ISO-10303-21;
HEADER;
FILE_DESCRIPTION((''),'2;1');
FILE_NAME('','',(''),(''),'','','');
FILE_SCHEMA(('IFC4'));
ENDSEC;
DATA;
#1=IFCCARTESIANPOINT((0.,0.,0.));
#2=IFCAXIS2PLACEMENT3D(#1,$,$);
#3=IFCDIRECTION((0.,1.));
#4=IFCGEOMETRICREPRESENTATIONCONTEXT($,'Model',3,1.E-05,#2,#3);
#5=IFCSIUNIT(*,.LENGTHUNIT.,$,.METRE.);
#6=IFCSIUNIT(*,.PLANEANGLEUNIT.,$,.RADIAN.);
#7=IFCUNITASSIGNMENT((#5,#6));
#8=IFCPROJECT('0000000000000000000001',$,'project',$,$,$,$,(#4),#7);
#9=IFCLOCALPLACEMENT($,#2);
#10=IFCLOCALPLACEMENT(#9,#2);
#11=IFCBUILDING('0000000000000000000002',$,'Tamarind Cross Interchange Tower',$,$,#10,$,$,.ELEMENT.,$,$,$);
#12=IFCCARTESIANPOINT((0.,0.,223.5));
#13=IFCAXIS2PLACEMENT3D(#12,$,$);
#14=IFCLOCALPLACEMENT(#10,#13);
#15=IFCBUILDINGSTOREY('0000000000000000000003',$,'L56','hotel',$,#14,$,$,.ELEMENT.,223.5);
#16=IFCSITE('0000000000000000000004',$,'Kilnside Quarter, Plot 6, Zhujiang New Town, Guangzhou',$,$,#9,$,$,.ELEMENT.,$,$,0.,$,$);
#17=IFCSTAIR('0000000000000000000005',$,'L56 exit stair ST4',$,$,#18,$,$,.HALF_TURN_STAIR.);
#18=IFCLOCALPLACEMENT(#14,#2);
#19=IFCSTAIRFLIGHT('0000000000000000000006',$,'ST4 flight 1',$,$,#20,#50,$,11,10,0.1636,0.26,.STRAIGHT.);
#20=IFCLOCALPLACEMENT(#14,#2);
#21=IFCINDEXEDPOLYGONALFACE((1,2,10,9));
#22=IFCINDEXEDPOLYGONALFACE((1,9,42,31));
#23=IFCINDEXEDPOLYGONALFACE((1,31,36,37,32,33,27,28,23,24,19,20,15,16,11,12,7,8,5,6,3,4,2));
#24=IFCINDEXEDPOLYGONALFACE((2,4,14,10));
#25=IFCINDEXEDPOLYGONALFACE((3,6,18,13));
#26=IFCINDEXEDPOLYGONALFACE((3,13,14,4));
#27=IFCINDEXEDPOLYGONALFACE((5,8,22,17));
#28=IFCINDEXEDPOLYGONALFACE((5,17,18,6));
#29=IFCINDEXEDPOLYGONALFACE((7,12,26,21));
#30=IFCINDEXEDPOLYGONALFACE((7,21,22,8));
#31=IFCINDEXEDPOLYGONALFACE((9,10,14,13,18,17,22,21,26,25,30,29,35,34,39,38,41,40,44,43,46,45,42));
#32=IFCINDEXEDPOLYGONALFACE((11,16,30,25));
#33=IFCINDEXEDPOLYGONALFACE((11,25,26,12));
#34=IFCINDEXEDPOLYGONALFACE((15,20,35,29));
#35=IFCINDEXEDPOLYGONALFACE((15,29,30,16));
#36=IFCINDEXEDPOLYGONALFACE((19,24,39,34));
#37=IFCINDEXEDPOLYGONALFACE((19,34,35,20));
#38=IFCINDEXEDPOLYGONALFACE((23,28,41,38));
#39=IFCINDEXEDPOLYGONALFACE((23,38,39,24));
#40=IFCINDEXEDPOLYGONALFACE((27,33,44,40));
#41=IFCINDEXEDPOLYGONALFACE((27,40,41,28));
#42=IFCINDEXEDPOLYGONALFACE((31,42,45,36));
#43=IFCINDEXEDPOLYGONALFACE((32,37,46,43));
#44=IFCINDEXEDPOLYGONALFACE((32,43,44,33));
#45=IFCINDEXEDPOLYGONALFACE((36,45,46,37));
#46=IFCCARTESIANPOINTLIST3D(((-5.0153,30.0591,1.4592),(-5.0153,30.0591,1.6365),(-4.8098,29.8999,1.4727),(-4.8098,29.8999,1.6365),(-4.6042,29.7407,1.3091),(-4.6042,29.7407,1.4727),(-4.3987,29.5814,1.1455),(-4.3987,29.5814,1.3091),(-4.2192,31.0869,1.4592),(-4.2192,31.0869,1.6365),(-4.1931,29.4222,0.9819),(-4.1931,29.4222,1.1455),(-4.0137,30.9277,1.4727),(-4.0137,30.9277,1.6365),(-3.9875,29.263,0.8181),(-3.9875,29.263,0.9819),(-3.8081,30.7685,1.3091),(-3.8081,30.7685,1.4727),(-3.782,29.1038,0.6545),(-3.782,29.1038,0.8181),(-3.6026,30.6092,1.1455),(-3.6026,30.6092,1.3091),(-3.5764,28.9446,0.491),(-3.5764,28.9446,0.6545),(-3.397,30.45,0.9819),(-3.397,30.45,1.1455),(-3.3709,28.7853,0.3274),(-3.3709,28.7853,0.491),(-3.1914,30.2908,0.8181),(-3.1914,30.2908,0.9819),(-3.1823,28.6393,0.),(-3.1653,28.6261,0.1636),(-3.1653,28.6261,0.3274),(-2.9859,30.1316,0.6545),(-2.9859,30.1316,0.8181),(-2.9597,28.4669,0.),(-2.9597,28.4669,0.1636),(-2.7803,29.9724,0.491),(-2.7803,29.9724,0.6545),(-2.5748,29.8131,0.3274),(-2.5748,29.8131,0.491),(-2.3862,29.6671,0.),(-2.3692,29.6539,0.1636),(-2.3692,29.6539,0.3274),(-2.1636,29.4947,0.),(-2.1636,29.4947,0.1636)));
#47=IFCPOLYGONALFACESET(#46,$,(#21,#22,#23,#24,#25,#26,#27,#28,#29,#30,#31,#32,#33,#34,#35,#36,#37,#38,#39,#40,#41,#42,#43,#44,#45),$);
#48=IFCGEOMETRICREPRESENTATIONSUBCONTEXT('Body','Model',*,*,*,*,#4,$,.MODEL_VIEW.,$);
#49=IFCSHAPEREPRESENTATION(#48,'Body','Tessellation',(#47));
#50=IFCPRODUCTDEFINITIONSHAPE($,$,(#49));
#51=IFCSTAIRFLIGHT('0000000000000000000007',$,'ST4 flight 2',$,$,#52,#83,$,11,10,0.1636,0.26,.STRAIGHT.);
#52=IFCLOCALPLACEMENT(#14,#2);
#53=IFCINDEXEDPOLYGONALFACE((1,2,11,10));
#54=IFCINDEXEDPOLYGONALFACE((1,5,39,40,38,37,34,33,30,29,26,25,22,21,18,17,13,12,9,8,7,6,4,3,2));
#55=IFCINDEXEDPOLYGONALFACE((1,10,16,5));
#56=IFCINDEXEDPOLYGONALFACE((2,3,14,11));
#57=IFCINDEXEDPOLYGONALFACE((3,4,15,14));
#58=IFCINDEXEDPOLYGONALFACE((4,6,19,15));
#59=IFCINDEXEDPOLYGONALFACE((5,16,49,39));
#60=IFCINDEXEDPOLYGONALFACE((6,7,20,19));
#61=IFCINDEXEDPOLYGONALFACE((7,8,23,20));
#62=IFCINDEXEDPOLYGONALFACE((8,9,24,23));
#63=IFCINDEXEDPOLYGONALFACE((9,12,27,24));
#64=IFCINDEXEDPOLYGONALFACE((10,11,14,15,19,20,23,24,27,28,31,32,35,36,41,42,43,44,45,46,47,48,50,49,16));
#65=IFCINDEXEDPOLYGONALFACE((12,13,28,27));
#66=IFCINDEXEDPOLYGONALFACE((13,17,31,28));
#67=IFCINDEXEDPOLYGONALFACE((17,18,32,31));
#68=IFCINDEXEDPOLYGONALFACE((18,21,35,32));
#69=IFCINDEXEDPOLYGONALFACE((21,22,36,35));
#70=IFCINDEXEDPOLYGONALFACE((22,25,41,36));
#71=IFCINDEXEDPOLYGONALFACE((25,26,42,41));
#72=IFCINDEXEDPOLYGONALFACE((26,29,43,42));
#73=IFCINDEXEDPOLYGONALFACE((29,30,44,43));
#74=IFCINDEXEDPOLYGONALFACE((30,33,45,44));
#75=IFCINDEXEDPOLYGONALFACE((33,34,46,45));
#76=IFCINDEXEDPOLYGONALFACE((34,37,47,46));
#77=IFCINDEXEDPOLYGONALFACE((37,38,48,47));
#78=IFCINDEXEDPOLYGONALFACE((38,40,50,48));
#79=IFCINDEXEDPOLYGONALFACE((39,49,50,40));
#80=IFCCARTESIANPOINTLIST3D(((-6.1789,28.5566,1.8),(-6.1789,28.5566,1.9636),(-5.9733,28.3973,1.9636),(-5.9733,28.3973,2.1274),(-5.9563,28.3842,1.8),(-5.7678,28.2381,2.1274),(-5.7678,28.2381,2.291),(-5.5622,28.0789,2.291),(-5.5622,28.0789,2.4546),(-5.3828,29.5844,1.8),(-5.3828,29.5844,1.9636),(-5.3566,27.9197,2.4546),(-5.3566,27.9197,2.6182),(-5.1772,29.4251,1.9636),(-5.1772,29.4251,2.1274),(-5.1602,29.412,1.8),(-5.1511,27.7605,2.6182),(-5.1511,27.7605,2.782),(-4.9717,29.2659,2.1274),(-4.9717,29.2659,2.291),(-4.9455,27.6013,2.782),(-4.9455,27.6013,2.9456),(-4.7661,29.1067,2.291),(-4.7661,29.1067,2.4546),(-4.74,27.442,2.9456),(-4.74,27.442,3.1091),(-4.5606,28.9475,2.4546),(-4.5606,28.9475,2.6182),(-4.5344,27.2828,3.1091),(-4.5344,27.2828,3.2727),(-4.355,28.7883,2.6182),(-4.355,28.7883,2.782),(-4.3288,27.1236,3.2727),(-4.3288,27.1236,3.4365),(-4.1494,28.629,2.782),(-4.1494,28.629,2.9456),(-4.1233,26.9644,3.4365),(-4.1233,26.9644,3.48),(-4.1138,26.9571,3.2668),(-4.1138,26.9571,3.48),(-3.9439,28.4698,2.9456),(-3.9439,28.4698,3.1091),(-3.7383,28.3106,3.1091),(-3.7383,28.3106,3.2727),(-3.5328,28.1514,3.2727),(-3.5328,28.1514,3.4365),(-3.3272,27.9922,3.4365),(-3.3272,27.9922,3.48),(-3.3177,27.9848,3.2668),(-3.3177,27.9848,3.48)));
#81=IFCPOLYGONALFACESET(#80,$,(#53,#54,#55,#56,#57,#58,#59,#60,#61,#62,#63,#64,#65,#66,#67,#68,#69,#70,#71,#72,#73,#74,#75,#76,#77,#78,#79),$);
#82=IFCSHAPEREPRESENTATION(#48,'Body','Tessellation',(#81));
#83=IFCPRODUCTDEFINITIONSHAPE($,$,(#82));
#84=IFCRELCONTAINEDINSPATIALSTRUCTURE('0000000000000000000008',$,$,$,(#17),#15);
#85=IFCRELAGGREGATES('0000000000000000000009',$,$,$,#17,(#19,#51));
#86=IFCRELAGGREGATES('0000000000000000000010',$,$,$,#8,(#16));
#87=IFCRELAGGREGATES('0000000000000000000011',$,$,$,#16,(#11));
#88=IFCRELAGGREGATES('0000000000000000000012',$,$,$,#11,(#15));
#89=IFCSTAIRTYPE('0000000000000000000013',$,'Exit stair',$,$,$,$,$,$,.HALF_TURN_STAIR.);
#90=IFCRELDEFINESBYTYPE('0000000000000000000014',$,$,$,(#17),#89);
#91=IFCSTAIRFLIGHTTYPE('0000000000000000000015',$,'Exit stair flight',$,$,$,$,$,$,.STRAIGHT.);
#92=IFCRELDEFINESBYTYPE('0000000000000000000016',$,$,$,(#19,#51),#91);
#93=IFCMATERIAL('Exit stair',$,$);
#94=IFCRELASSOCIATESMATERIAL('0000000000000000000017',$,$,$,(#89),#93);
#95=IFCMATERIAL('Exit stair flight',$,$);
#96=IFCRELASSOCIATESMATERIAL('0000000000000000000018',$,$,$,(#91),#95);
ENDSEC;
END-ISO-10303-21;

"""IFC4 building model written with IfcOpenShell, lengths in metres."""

from ifc_helpers import new_model, si_unit, direction, frame, origin, place, context, subcontext, project, spatial, polyline, outline, extrude, material, type_object, element, aggregate, save


model = new_model("IFC4")

# Units and contexts
model_context = context("Model", 3, precision=1e-05, world=origin(), true_north=direction((0.0, 1.0)))
body_context = subcontext(model_context, "Body", "Model", "MODEL_VIEW")
ifc_project = project(units=[si_unit("LENGTHUNIT", "METRE"), si_unit("PLANEANGLEUNIT", "RADIAN")], contexts=[model_context])

# Site, building, storey
site_placement = place(None, origin())
site = spatial("IfcSite", under=ifc_project, at=site_placement, Name="Kilnside Quarter, Plot 6, Zhujiang New Town, Guangzhou", CompositionType="ELEMENT", RefElevation=0.0)
building_placement = place(site_placement, origin())
building = spatial("IfcBuilding", under=site, at=building_placement, Name="Tamarind Cross Interchange Tower", CompositionType="ELEMENT")
storey_placement = place(building_placement, frame((0.0, 0.0, 223.5)))
storey = spatial("IfcBuildingStorey", under=building, at=storey_placement, Name="L56", Description="hotel", CompositionType="ELEMENT", Elevation=223.5)

# Stair, stair flights
ifc_material_1 = material(Name="Exit stair")
stair_type = type_object("IfcStairType", Name="Exit stair", PredefinedType="HALF_TURN_STAIR", material=ifc_material_1)
stair_placement = place(storey_placement, origin())
stair = element("IfcStair", 1, at=stair_placement, inside=storey, type_object=stair_type, Name="L56 exit stair ST4", PredefinedType="HALF_TURN_STAIR")
ifc_material_2 = material(Name="Exit stair flight")
stair_flight_type = type_object("IfcStairFlightType", Name="Exit stair flight", PredefinedType="STRAIGHT", material=ifc_material_2)
stair_flight_1_placement = place(storey_placement, frame((-2.5618, 28.9807, 0.0), z_axis=(0.0, 0.0, 1.0), x_axis=(-0.790583, 0.612355, 0.0)))
stair_flight_1 = element("IfcStairFlight", 2, at=stair_flight_1_placement, type_object=stair_flight_type, Name="ST4 flight 1", NumberOfRisers=11, NumberOfTreads=10, PredefinedType="STRAIGHT", RiserHeight=0.1636, TreadLength=0.26, context=body_context, shape_type="SweptSolid", body=[
    extrude(outline(polyline([(0.0, 0.0), (0.0, 0.1636), (0.26, 0.1636), (0.26, 0.3274), (0.52, 0.3274), (0.52, 0.491), (0.78, 0.491), (0.78, 0.6545), (1.04, 0.6545), (1.04, 0.8181), (1.3, 0.8181), (1.3, 0.9819), (1.5601, 0.9819), (1.5601, 1.1455), (1.8201, 1.1455), (1.8201, 1.3091), (2.0801, 1.3091), (2.0801, 1.4727), (2.3401, 1.4727), (2.3401, 1.6365), (2.6001, 1.6365), (2.6001, 1.8), (2.6001, 1.4592), (0.2815, 0.0), (0.0, 0.0)])), frame((0.0, 0.6499, 0.0), z_axis=(0.0, -1.0, 0.0), x_axis=(1.0, 0.0, 0.0)), (0.0, 0.0, 1.0), 1.3),
])
stair_flight_2_placement = place(storey_placement, frame((-5.7808, 29.0706, 1.8), z_axis=(0.0, 0.0, 1.0), x_axis=(0.790583, -0.612355, 0.0)))
stair_flight_2 = element("IfcStairFlight", 3, at=stair_flight_2_placement, type_object=stair_flight_type, Name="ST4 flight 2", NumberOfRisers=11, NumberOfTreads=10, PredefinedType="STRAIGHT", RiserHeight=0.1636, TreadLength=0.26, context=body_context, shape_type="SweptSolid", body=[
    extrude(outline(polyline([(0.0, 0.0), (0.0, 0.1636), (0.26, 0.1636), (0.26, 0.3274), (0.52, 0.3274), (0.52, 0.491), (0.78, 0.491), (0.78, 0.6545), (1.04, 0.6545), (1.04, 0.8181), (1.3, 0.8181), (1.3, 0.9819), (1.5601, 0.9819), (1.5601, 1.1455), (1.8201, 1.1455), (1.8201, 1.3091), (2.0801, 1.3091), (2.0801, 1.4727), (2.3401, 1.4727), (2.3401, 1.6365), (2.6001, 1.6365), (2.6001, 1.6799), (2.6121, 1.6799), (2.6121, 1.4668), (0.2815, 0.0), (0.0, 0.0)])), frame((0.0, 0.6499, 0.0), z_axis=(0.0, -1.0, 0.0), x_axis=(1.0, 0.0, 0.0)), (0.0, 0.0, 1.0), 1.3),
])
aggregate(stair, [stair_flight_1, stair_flight_2])

save(model, "model.ifc")
